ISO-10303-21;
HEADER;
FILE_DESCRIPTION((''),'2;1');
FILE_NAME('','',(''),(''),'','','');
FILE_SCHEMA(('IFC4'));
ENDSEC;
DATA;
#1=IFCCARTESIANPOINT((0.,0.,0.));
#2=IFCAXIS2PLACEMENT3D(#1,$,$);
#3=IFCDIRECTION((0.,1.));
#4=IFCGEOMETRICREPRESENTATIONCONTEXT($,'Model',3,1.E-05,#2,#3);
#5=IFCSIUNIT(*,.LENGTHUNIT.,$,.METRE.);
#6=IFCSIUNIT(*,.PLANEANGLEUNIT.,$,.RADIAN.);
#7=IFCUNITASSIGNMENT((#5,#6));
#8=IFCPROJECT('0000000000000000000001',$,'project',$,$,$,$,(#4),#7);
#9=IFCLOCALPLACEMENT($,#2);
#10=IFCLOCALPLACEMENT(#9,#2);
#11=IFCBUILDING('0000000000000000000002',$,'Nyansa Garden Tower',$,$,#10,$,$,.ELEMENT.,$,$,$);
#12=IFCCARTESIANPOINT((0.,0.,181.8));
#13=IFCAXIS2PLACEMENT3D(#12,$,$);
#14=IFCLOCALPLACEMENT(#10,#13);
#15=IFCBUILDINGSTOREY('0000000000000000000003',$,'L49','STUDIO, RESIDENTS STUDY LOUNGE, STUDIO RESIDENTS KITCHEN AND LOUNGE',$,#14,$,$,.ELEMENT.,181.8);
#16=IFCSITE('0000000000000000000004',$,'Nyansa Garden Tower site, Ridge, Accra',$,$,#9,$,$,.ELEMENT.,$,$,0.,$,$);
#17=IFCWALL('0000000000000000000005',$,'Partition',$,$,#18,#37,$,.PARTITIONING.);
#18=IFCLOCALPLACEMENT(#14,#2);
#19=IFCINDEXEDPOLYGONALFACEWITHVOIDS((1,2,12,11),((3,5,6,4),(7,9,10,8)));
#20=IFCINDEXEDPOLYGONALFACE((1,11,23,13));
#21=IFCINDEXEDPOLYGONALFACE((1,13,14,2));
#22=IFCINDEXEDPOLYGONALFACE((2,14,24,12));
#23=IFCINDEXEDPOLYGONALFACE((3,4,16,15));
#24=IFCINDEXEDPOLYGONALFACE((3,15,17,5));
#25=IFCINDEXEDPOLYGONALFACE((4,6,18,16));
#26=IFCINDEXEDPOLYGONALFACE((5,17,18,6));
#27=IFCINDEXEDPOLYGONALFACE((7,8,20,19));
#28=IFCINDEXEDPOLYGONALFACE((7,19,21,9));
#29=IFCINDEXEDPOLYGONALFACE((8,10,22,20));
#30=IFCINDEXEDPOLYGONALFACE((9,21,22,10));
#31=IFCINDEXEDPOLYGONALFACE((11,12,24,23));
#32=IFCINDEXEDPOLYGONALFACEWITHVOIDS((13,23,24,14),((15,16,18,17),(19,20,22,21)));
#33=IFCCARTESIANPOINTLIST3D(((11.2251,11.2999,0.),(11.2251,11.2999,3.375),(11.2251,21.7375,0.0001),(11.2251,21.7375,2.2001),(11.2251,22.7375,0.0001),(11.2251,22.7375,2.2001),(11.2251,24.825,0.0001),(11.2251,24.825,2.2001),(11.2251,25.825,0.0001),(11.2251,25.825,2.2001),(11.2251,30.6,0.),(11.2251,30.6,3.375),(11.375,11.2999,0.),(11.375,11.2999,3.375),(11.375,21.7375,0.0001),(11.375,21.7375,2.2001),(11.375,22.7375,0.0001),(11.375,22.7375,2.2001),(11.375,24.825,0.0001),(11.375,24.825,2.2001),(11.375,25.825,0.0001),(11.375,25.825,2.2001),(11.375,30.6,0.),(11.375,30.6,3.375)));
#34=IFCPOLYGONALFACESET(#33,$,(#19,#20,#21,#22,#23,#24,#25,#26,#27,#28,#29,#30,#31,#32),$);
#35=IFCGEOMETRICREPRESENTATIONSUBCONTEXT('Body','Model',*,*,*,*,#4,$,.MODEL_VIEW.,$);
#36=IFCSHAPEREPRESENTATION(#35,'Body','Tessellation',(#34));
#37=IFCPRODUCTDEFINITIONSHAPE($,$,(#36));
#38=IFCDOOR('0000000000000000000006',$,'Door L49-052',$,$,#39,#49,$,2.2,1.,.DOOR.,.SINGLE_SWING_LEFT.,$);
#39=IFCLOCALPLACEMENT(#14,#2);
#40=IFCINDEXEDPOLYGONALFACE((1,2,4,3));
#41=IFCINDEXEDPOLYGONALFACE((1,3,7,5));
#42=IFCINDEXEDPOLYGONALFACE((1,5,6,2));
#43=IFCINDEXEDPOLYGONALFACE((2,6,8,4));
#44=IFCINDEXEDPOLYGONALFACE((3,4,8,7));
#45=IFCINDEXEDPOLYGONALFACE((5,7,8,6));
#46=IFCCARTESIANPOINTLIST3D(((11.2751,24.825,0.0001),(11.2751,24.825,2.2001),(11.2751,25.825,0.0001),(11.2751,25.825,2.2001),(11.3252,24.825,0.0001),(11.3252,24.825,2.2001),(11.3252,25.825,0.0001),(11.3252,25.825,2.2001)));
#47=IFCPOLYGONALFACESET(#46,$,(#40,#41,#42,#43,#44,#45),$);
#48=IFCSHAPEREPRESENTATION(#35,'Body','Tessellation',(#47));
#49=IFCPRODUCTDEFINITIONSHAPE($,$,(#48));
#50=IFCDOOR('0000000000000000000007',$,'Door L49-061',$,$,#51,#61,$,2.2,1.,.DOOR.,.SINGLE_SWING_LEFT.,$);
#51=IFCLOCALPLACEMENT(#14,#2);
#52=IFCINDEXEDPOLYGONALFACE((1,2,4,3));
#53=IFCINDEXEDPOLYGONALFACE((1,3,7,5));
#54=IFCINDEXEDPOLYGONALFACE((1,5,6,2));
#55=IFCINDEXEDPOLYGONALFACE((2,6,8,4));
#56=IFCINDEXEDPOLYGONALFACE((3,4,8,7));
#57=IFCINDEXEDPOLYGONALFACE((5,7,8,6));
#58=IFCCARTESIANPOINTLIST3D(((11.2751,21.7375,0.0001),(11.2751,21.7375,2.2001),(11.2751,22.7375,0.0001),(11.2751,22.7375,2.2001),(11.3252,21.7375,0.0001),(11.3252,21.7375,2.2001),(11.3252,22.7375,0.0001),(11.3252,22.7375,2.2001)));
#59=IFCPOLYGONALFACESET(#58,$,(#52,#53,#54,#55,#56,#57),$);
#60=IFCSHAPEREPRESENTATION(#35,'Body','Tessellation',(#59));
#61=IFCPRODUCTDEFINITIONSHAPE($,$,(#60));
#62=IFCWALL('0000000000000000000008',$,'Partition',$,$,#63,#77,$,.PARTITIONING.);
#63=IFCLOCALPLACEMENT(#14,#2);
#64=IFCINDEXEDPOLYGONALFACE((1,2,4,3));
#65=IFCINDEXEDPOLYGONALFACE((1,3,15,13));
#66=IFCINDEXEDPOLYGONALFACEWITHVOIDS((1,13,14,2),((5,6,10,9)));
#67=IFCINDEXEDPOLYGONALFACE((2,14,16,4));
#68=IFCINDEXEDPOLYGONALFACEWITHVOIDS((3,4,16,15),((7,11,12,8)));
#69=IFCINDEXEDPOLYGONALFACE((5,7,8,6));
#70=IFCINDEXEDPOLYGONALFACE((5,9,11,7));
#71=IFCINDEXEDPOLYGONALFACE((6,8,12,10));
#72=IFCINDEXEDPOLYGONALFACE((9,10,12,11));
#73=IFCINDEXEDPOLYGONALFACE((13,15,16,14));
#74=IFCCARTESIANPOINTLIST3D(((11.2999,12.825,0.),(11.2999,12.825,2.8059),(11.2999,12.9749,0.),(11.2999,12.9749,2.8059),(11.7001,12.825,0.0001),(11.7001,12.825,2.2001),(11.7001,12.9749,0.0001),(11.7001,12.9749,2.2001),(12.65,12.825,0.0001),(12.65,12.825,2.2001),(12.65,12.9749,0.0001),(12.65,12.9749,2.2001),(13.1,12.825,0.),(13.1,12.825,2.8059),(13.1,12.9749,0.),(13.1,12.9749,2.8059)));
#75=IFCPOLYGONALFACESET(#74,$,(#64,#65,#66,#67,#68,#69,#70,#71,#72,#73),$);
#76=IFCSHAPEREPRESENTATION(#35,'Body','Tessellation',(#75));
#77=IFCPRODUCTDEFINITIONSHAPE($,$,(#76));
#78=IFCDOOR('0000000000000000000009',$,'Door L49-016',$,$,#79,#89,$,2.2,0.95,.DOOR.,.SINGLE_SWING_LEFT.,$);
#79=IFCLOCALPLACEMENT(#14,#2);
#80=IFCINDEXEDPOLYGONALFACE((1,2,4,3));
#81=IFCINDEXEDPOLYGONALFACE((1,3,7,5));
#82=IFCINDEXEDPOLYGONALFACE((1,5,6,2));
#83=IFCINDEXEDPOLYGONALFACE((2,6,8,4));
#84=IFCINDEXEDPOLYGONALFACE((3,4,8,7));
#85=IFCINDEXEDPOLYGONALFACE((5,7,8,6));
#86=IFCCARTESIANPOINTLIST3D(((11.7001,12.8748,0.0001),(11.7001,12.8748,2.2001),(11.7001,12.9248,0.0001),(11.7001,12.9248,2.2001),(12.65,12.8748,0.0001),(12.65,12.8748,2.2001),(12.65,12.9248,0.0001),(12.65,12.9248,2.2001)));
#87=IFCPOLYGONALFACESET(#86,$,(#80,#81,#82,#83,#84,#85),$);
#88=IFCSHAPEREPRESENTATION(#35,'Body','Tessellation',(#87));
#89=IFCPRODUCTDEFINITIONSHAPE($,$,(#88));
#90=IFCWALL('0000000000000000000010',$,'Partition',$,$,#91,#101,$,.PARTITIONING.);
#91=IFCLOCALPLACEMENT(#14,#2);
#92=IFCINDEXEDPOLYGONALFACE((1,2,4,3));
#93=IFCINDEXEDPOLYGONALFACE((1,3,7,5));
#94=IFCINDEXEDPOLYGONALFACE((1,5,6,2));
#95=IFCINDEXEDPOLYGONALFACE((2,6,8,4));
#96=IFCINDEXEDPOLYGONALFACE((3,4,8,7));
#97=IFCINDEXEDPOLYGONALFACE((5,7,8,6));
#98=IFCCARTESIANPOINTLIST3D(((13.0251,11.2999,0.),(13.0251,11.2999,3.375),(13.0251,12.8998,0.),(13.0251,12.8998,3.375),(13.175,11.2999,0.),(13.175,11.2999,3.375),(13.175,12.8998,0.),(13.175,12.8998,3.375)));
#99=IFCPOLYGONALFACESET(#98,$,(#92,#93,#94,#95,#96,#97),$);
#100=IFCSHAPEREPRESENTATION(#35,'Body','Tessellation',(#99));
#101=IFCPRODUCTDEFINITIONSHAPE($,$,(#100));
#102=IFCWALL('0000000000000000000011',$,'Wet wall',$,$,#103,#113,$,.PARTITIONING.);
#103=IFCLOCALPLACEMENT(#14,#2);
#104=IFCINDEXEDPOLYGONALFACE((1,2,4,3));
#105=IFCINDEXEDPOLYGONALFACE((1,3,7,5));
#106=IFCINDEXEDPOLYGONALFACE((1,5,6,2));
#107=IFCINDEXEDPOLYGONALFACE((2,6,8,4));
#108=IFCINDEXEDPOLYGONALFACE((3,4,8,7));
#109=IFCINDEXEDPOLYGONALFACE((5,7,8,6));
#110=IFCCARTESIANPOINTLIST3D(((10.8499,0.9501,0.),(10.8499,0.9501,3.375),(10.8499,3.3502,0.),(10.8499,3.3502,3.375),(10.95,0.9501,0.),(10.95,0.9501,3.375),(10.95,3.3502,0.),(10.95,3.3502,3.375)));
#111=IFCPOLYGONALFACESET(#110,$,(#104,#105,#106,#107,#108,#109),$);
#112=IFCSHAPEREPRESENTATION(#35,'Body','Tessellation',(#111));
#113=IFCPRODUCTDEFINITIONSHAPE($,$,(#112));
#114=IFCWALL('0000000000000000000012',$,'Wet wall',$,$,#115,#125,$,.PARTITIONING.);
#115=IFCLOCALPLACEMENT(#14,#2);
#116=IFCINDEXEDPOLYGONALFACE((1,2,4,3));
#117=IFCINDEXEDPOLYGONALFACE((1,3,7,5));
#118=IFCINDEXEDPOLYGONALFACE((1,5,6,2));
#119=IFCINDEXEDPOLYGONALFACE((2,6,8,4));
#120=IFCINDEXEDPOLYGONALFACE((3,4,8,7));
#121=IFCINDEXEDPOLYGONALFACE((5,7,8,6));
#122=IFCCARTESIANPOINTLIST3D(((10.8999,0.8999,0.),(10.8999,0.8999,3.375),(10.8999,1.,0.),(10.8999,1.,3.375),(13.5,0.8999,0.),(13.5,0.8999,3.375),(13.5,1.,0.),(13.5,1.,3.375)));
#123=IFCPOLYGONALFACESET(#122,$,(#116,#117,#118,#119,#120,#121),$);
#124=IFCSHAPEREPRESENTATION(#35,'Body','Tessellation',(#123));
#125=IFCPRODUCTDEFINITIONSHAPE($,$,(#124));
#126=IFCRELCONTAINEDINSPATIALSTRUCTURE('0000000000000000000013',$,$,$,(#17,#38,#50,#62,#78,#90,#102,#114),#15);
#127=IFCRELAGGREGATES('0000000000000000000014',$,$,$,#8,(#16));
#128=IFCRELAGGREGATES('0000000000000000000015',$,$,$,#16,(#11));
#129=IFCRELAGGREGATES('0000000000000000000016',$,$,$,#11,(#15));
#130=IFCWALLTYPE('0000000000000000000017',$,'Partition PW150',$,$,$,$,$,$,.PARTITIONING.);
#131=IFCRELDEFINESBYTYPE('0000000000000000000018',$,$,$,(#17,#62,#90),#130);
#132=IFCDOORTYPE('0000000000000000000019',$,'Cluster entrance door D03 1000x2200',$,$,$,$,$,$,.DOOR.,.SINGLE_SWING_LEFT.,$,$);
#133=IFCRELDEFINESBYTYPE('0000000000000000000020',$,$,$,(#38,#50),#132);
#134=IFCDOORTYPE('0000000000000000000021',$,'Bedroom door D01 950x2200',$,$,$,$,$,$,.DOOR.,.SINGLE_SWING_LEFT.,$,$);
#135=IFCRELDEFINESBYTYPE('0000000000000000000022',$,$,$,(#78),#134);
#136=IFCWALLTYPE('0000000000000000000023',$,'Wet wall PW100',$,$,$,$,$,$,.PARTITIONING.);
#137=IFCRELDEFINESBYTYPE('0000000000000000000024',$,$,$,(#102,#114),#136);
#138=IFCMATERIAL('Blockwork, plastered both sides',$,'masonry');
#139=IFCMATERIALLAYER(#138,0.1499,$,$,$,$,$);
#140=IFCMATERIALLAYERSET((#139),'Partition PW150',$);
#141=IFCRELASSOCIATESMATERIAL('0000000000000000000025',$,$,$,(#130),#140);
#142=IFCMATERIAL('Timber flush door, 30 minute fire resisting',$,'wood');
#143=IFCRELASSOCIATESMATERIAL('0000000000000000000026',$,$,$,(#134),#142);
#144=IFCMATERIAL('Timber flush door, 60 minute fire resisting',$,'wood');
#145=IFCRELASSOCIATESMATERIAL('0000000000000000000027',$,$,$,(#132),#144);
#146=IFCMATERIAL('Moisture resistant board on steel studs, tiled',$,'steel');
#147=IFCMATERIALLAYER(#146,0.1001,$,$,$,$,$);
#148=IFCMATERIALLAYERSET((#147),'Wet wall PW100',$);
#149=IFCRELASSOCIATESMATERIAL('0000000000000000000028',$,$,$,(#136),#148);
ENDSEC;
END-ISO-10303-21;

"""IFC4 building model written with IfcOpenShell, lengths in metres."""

from ifc_helpers import new_model, si_unit, direction, frame, frame_2d, origin, place, context, subcontext, project, spatial, rectangle, extrude, material, layer, layer_set, type_object, element, fill, save


model = new_model("IFC4")

# Units and contexts
model_context = context("Model", 3, precision=1e-05, world=origin(), true_north=direction((0.0, 1.0)))
body_context = subcontext(model_context, "Body", "Model", "MODEL_VIEW")
ifc_project = project(units=[si_unit("LENGTHUNIT", "METRE"), si_unit("PLANEANGLEUNIT", "RADIAN")], contexts=[model_context])

# Site, building, storey
site_placement = place(None, origin())
site = spatial("IfcSite", under=ifc_project, at=site_placement, Name="Nyansa Garden Tower site, Ridge, Accra", CompositionType="ELEMENT", RefElevation=0.0)
building_placement = place(site_placement, origin())
building = spatial("IfcBuilding", under=site, at=building_placement, Name="Nyansa Garden Tower", CompositionType="ELEMENT")
storey_placement = place(building_placement, frame((0.0, 0.0, 181.8)))
storey = spatial("IfcBuildingStorey", under=building, at=storey_placement, Name="L49", Description="STUDIO, RESIDENTS STUDY LOUNGE, STUDIO RESIDENTS KITCHEN AND LOUNGE", CompositionType="ELEMENT", Elevation=181.8)

# Shared definitions
ifc_material_1 = material(Name="Blockwork, plastered both sides", Category="masonry")
ifc_layer_1 = layer(ifc_material_1, 0.1499)
ifc_layer_set_1 = layer_set([ifc_layer_1], Name="Partition PW150")
wall_type_1 = type_object("IfcWallType", Name="Partition PW150", PredefinedType="PARTITIONING", material=ifc_layer_set_1)

# Shared definitions
ifc_material_2 = material(Name="Timber flush door, 30 minute fire resisting", Category="wood")
door_type_1 = type_object("IfcDoorType", Name="Bedroom door D01 950x2200", OperationType="SINGLE_SWING_LEFT", PredefinedType="DOOR", material=ifc_material_2)

# Shared definitions
ifc_material_3 = material(Name="Timber flush door, 60 minute fire resisting", Category="wood")
door_type_2 = type_object("IfcDoorType", Name="Cluster entrance door D03 1000x2200", OperationType="SINGLE_SWING_LEFT", PredefinedType="DOOR", material=ifc_material_3)

# Wall, openings, doors
wall_1_placement = place(storey_placement, frame((11.3, 11.3, 0.0), z_axis=(0.0, 0.0, 1.0), x_axis=(0.0, 1.0, 0.0)))
wall_1 = element("IfcWall", 1, at=wall_1_placement, inside=storey, type_object=wall_type_1, Name="Partition", PredefinedType="PARTITIONING", context=body_context, shape_type="SweptSolid", body=[
    extrude(rectangle(XDim=19.3, YDim=0.1499, at=frame_2d((9.6499, 0.0))), origin(), (0.0, 0.0, 1.0), 3.375),
])
opening_1_placement = place(wall_1_placement, frame((13.5249, 0.0, 0.0)))
opening_1 = element("IfcOpeningElement", 2, at=opening_1_placement, cuts=wall_1, PredefinedType="OPENING", context=body_context, shape_type="SweptSolid", body=[
    extrude(rectangle(XDim=1.0, YDim=2.2, at=frame_2d((0.5, 1.1001))), frame((0.0, 0.085, 0.0), z_axis=(0.0, -1.0, 0.0), x_axis=(1.0, 0.0, 0.0)), (0.0, 0.0, 1.0), 0.1699),
])
opening_2_placement = place(wall_1_placement, frame((10.4375, 0.0, 0.0)))
opening_2 = element("IfcOpeningElement", 3, at=opening_2_placement, cuts=wall_1, PredefinedType="OPENING", context=body_context, shape_type="SweptSolid", body=[
    extrude(rectangle(XDim=1.0, YDim=2.2, at=frame_2d((0.5, 1.1001))), frame((0.0, 0.085, 0.0), z_axis=(0.0, -1.0, 0.0), x_axis=(1.0, 0.0, 0.0)), (0.0, 0.0, 1.0), 0.1699),
])
door_1_placement = place(opening_1_placement, origin())
door_1 = element("IfcDoor", 4, at=door_1_placement, inside=storey, type_object=door_type_2, Name="Door L49-052", OperationType="SINGLE_SWING_LEFT", OverallHeight=2.2, OverallWidth=1.0, PredefinedType="DOOR", context=body_context, shape_type="SweptSolid", body=[
    extrude(rectangle(XDim=1.0, YDim=2.2, at=frame_2d((0.5, 1.1001))), frame((0.0, 0.0249, 0.0), z_axis=(0.0, -1.0, 0.0), x_axis=(1.0, 0.0, 0.0)), (0.0, 0.0, 1.0), 0.05),
])
fill(opening_1, door_1)
door_2_placement = place(opening_2_placement, origin())
door_2 = element("IfcDoor", 5, at=door_2_placement, inside=storey, type_object=door_type_2, Name="Door L49-061", OperationType="SINGLE_SWING_LEFT", OverallHeight=2.2, OverallWidth=1.0, PredefinedType="DOOR", context=body_context, shape_type="SweptSolid", body=[
    extrude(rectangle(XDim=1.0, YDim=2.2, at=frame_2d((0.5, 1.1001))), frame((0.0, 0.0249, 0.0), z_axis=(0.0, -1.0, 0.0), x_axis=(1.0, 0.0, 0.0)), (0.0, 0.0, 1.0), 0.05),
])
fill(opening_2, door_2)

# Wall, opening, door
wall_2_placement = place(storey_placement, frame((11.3, 12.8999, 0.0), z_axis=(0.0, 0.0, 1.0), x_axis=(1.0, 0.0, 0.0)))
wall_2 = element("IfcWall", 6, at=wall_2_placement, inside=storey, type_object=wall_type_1, Name="Partition", PredefinedType="PARTITIONING", context=body_context, shape_type="SweptSolid", body=[
    extrude(rectangle(XDim=1.8, YDim=0.1499, at=frame_2d((0.8999, 0.0))), origin(), (0.0, 0.0, 1.0), 2.8059),
])
opening_3_placement = place(wall_2_placement, frame((0.3999, 0.0, 0.0)))
opening_3 = element("IfcOpeningElement", 7, at=opening_3_placement, cuts=wall_2, PredefinedType="OPENING", context=body_context, shape_type="SweptSolid", body=[
    extrude(rectangle(XDim=0.95, YDim=2.2, at=frame_2d((0.4751, 1.1001))), frame((0.0, 0.085, 0.0), z_axis=(0.0, -1.0, 0.0), x_axis=(1.0, 0.0, 0.0)), (0.0, 0.0, 1.0), 0.1699),
])
door_3_placement = place(opening_3_placement, origin())
door_3 = element("IfcDoor", 8, at=door_3_placement, inside=storey, type_object=door_type_1, Name="Door L49-016", OperationType="SINGLE_SWING_LEFT", OverallHeight=2.2, OverallWidth=0.95, PredefinedType="DOOR", context=body_context, shape_type="SweptSolid", body=[
    extrude(rectangle(XDim=0.95, YDim=2.2, at=frame_2d((0.4751, 1.1001))), frame((0.0, 0.0249, 0.0), z_axis=(0.0, -1.0, 0.0), x_axis=(1.0, 0.0, 0.0)), (0.0, 0.0, 1.0), 0.05),
])
fill(opening_3, door_3)

# Walls
wall_3_placement = place(storey_placement, frame((13.1001, 11.3, 0.0), z_axis=(0.0, 0.0, 1.0), x_axis=(0.0, 1.0, 0.0)))
element("IfcWall", 9, at=wall_3_placement, inside=storey, type_object=wall_type_1, Name="Partition", PredefinedType="PARTITIONING", context=body_context, shape_type="SweptSolid", body=[
    extrude(rectangle(XDim=1.5999, YDim=0.1499, at=frame_2d((0.7998, 0.0))), origin(), (0.0, 0.0, 1.0), 3.375),
])
ifc_material_4 = material(Name="Moisture resistant board on steel studs, tiled", Category="steel")
ifc_layer_2 = layer(ifc_material_4, 0.1001)
ifc_layer_set_2 = layer_set([ifc_layer_2], Name="Wet wall PW100")
wall_type_2 = type_object("IfcWallType", Name="Wet wall PW100", PredefinedType="PARTITIONING", material=ifc_layer_set_2)
wall_4_placement = place(storey_placement, frame((10.8999, 0.95, 0.0), z_axis=(0.0, 0.0, 1.0), x_axis=(0.0, 1.0, 0.0)))
element("IfcWall", 10, at=wall_4_placement, inside=storey, type_object=wall_type_2, Name="Wet wall", PredefinedType="PARTITIONING", context=body_context, shape_type="SweptSolid", body=[
    extrude(rectangle(XDim=2.4001, YDim=0.1001, at=frame_2d((1.2002, 0.0))), origin(), (0.0, 0.0, 1.0), 3.375),
])
wall_5_placement = place(storey_placement, frame((10.8999, 0.95, 0.0), z_axis=(0.0, 0.0, 1.0), x_axis=(1.0, 0.0, 0.0)))
element("IfcWall", 11, at=wall_5_placement, inside=storey, type_object=wall_type_2, Name="Wet wall", PredefinedType="PARTITIONING", context=body_context, shape_type="SweptSolid", body=[
    extrude(rectangle(XDim=2.6001, YDim=0.1001, at=frame_2d((1.3, 0.0))), origin(), (0.0, 0.0, 1.0), 3.375),
])

save(model, "model.ifc")
